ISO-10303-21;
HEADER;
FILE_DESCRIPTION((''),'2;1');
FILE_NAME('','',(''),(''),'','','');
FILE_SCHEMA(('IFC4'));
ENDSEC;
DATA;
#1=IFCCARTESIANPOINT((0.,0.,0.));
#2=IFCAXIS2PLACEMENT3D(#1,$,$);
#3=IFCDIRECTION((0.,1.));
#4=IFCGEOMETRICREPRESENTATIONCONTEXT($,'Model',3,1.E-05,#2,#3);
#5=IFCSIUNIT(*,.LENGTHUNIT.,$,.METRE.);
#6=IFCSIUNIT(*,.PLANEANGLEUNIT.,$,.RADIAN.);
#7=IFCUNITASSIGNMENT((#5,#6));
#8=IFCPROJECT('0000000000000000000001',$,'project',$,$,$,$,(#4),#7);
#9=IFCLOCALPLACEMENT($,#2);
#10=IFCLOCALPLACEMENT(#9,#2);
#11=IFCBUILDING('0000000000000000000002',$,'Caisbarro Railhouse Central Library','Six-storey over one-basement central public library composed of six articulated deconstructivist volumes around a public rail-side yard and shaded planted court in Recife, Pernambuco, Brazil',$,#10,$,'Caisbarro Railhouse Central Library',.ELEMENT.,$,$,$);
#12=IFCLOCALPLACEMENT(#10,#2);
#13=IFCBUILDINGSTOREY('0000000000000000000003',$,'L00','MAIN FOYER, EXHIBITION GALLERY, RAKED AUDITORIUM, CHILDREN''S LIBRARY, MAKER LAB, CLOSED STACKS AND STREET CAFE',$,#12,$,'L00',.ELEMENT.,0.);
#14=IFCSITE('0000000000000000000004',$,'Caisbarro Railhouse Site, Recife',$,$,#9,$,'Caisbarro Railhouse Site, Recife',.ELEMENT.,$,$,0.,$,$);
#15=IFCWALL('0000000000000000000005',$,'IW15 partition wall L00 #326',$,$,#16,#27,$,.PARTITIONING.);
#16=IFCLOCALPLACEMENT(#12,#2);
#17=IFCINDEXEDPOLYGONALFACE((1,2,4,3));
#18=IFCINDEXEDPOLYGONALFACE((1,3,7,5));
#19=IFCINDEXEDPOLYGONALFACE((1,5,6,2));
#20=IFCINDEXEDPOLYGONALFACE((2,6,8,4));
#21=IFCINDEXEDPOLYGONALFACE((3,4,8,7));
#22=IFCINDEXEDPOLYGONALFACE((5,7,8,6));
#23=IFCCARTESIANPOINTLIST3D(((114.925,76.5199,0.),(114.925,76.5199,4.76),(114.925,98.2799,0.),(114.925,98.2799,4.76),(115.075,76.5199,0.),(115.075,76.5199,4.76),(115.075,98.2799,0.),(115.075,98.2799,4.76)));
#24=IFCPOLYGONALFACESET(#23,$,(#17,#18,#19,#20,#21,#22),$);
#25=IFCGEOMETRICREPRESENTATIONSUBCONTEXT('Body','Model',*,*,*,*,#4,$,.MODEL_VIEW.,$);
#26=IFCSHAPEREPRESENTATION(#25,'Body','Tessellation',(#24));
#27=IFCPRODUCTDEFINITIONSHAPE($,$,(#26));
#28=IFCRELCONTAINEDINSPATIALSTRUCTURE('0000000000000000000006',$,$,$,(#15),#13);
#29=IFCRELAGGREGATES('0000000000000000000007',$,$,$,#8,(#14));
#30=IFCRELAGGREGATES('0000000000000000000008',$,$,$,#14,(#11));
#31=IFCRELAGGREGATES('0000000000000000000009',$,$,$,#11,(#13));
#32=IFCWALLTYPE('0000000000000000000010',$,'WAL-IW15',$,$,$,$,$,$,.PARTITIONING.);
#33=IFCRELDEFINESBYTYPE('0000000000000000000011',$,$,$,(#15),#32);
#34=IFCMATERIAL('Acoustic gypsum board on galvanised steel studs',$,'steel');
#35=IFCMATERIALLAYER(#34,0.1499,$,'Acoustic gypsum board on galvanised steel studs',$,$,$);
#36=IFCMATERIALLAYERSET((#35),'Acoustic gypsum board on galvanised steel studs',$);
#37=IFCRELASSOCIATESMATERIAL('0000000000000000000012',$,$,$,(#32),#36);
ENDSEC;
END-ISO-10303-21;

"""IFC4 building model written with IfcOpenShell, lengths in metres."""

from ifc_helpers import new_model, si_unit, direction, frame, frame_2d, origin, place, context, subcontext, project, spatial, rectangle, extrude, material, layer, layer_set, type_object, element, save


model = new_model("IFC4")

# Units and contexts
model_context = context("Model", 3, precision=1e-05, world=origin(), true_north=direction((0.0, 1.0)))
body_context = subcontext(model_context, "Body", "Model", "MODEL_VIEW")
ifc_project = project(units=[si_unit("LENGTHUNIT", "METRE"), si_unit("PLANEANGLEUNIT", "RADIAN")], contexts=[model_context])

# Site, building, storey
site_placement = place(None, origin())
site = spatial("IfcSite", under=ifc_project, at=site_placement, Name="Caisbarro Railhouse Site, Recife", LongName="Caisbarro Railhouse Site, Recife", CompositionType="ELEMENT", RefElevation=0.0)
building_placement = place(site_placement, origin())
building = spatial("IfcBuilding", under=site, at=building_placement, Name="Caisbarro Railhouse Central Library", Description="Six-storey over one-basement central public library composed of six articulated deconstructivist volumes around a public rail-side yard and shaded planted court in Recife, Pernambuco, Brazil", LongName="Caisbarro Railhouse Central Library", CompositionType="ELEMENT")
storey_placement = place(building_placement, origin())
storey = spatial("IfcBuildingStorey", under=building, at=storey_placement, Name="L00", Description="MAIN FOYER, EXHIBITION GALLERY, RAKED AUDITORIUM, CHILDREN'S LIBRARY, MAKER LAB, CLOSED STACKS AND STREET CAFE", LongName="L00", CompositionType="ELEMENT", Elevation=0.0)

# Wall
ifc_material_1 = material(Name="Acoustic gypsum board on galvanised steel studs", Category="steel")
ifc_layer_1 = layer(ifc_material_1, 0.1499, Name="Acoustic gypsum board on galvanised steel studs")
ifc_layer_set_1 = layer_set([ifc_layer_1], Name="Acoustic gypsum board on galvanised steel studs")
wall_type_1 = type_object("IfcWallType", Name="WAL-IW15", PredefinedType="PARTITIONING", material=ifc_layer_set_1)
wall_1_placement = place(storey_placement, frame((115.0, 76.52, 0.0), z_axis=(0.0, 0.0, 1.0), x_axis=(0.0, 1.0, 0.0)))
element("IfcWall", 1, at=wall_1_placement, inside=storey, type_object=wall_type_1, Name="IW15 partition wall L00 #326", PredefinedType="PARTITIONING", context=body_context, shape_type="SweptSolid", body=[
    extrude(rectangle(XDim=21.76, YDim=0.1499, at=frame_2d((10.8799, 0.0))), origin(), (0.0, 0.0, 1.0), 4.76),
])

save(model, "model.ifc")
